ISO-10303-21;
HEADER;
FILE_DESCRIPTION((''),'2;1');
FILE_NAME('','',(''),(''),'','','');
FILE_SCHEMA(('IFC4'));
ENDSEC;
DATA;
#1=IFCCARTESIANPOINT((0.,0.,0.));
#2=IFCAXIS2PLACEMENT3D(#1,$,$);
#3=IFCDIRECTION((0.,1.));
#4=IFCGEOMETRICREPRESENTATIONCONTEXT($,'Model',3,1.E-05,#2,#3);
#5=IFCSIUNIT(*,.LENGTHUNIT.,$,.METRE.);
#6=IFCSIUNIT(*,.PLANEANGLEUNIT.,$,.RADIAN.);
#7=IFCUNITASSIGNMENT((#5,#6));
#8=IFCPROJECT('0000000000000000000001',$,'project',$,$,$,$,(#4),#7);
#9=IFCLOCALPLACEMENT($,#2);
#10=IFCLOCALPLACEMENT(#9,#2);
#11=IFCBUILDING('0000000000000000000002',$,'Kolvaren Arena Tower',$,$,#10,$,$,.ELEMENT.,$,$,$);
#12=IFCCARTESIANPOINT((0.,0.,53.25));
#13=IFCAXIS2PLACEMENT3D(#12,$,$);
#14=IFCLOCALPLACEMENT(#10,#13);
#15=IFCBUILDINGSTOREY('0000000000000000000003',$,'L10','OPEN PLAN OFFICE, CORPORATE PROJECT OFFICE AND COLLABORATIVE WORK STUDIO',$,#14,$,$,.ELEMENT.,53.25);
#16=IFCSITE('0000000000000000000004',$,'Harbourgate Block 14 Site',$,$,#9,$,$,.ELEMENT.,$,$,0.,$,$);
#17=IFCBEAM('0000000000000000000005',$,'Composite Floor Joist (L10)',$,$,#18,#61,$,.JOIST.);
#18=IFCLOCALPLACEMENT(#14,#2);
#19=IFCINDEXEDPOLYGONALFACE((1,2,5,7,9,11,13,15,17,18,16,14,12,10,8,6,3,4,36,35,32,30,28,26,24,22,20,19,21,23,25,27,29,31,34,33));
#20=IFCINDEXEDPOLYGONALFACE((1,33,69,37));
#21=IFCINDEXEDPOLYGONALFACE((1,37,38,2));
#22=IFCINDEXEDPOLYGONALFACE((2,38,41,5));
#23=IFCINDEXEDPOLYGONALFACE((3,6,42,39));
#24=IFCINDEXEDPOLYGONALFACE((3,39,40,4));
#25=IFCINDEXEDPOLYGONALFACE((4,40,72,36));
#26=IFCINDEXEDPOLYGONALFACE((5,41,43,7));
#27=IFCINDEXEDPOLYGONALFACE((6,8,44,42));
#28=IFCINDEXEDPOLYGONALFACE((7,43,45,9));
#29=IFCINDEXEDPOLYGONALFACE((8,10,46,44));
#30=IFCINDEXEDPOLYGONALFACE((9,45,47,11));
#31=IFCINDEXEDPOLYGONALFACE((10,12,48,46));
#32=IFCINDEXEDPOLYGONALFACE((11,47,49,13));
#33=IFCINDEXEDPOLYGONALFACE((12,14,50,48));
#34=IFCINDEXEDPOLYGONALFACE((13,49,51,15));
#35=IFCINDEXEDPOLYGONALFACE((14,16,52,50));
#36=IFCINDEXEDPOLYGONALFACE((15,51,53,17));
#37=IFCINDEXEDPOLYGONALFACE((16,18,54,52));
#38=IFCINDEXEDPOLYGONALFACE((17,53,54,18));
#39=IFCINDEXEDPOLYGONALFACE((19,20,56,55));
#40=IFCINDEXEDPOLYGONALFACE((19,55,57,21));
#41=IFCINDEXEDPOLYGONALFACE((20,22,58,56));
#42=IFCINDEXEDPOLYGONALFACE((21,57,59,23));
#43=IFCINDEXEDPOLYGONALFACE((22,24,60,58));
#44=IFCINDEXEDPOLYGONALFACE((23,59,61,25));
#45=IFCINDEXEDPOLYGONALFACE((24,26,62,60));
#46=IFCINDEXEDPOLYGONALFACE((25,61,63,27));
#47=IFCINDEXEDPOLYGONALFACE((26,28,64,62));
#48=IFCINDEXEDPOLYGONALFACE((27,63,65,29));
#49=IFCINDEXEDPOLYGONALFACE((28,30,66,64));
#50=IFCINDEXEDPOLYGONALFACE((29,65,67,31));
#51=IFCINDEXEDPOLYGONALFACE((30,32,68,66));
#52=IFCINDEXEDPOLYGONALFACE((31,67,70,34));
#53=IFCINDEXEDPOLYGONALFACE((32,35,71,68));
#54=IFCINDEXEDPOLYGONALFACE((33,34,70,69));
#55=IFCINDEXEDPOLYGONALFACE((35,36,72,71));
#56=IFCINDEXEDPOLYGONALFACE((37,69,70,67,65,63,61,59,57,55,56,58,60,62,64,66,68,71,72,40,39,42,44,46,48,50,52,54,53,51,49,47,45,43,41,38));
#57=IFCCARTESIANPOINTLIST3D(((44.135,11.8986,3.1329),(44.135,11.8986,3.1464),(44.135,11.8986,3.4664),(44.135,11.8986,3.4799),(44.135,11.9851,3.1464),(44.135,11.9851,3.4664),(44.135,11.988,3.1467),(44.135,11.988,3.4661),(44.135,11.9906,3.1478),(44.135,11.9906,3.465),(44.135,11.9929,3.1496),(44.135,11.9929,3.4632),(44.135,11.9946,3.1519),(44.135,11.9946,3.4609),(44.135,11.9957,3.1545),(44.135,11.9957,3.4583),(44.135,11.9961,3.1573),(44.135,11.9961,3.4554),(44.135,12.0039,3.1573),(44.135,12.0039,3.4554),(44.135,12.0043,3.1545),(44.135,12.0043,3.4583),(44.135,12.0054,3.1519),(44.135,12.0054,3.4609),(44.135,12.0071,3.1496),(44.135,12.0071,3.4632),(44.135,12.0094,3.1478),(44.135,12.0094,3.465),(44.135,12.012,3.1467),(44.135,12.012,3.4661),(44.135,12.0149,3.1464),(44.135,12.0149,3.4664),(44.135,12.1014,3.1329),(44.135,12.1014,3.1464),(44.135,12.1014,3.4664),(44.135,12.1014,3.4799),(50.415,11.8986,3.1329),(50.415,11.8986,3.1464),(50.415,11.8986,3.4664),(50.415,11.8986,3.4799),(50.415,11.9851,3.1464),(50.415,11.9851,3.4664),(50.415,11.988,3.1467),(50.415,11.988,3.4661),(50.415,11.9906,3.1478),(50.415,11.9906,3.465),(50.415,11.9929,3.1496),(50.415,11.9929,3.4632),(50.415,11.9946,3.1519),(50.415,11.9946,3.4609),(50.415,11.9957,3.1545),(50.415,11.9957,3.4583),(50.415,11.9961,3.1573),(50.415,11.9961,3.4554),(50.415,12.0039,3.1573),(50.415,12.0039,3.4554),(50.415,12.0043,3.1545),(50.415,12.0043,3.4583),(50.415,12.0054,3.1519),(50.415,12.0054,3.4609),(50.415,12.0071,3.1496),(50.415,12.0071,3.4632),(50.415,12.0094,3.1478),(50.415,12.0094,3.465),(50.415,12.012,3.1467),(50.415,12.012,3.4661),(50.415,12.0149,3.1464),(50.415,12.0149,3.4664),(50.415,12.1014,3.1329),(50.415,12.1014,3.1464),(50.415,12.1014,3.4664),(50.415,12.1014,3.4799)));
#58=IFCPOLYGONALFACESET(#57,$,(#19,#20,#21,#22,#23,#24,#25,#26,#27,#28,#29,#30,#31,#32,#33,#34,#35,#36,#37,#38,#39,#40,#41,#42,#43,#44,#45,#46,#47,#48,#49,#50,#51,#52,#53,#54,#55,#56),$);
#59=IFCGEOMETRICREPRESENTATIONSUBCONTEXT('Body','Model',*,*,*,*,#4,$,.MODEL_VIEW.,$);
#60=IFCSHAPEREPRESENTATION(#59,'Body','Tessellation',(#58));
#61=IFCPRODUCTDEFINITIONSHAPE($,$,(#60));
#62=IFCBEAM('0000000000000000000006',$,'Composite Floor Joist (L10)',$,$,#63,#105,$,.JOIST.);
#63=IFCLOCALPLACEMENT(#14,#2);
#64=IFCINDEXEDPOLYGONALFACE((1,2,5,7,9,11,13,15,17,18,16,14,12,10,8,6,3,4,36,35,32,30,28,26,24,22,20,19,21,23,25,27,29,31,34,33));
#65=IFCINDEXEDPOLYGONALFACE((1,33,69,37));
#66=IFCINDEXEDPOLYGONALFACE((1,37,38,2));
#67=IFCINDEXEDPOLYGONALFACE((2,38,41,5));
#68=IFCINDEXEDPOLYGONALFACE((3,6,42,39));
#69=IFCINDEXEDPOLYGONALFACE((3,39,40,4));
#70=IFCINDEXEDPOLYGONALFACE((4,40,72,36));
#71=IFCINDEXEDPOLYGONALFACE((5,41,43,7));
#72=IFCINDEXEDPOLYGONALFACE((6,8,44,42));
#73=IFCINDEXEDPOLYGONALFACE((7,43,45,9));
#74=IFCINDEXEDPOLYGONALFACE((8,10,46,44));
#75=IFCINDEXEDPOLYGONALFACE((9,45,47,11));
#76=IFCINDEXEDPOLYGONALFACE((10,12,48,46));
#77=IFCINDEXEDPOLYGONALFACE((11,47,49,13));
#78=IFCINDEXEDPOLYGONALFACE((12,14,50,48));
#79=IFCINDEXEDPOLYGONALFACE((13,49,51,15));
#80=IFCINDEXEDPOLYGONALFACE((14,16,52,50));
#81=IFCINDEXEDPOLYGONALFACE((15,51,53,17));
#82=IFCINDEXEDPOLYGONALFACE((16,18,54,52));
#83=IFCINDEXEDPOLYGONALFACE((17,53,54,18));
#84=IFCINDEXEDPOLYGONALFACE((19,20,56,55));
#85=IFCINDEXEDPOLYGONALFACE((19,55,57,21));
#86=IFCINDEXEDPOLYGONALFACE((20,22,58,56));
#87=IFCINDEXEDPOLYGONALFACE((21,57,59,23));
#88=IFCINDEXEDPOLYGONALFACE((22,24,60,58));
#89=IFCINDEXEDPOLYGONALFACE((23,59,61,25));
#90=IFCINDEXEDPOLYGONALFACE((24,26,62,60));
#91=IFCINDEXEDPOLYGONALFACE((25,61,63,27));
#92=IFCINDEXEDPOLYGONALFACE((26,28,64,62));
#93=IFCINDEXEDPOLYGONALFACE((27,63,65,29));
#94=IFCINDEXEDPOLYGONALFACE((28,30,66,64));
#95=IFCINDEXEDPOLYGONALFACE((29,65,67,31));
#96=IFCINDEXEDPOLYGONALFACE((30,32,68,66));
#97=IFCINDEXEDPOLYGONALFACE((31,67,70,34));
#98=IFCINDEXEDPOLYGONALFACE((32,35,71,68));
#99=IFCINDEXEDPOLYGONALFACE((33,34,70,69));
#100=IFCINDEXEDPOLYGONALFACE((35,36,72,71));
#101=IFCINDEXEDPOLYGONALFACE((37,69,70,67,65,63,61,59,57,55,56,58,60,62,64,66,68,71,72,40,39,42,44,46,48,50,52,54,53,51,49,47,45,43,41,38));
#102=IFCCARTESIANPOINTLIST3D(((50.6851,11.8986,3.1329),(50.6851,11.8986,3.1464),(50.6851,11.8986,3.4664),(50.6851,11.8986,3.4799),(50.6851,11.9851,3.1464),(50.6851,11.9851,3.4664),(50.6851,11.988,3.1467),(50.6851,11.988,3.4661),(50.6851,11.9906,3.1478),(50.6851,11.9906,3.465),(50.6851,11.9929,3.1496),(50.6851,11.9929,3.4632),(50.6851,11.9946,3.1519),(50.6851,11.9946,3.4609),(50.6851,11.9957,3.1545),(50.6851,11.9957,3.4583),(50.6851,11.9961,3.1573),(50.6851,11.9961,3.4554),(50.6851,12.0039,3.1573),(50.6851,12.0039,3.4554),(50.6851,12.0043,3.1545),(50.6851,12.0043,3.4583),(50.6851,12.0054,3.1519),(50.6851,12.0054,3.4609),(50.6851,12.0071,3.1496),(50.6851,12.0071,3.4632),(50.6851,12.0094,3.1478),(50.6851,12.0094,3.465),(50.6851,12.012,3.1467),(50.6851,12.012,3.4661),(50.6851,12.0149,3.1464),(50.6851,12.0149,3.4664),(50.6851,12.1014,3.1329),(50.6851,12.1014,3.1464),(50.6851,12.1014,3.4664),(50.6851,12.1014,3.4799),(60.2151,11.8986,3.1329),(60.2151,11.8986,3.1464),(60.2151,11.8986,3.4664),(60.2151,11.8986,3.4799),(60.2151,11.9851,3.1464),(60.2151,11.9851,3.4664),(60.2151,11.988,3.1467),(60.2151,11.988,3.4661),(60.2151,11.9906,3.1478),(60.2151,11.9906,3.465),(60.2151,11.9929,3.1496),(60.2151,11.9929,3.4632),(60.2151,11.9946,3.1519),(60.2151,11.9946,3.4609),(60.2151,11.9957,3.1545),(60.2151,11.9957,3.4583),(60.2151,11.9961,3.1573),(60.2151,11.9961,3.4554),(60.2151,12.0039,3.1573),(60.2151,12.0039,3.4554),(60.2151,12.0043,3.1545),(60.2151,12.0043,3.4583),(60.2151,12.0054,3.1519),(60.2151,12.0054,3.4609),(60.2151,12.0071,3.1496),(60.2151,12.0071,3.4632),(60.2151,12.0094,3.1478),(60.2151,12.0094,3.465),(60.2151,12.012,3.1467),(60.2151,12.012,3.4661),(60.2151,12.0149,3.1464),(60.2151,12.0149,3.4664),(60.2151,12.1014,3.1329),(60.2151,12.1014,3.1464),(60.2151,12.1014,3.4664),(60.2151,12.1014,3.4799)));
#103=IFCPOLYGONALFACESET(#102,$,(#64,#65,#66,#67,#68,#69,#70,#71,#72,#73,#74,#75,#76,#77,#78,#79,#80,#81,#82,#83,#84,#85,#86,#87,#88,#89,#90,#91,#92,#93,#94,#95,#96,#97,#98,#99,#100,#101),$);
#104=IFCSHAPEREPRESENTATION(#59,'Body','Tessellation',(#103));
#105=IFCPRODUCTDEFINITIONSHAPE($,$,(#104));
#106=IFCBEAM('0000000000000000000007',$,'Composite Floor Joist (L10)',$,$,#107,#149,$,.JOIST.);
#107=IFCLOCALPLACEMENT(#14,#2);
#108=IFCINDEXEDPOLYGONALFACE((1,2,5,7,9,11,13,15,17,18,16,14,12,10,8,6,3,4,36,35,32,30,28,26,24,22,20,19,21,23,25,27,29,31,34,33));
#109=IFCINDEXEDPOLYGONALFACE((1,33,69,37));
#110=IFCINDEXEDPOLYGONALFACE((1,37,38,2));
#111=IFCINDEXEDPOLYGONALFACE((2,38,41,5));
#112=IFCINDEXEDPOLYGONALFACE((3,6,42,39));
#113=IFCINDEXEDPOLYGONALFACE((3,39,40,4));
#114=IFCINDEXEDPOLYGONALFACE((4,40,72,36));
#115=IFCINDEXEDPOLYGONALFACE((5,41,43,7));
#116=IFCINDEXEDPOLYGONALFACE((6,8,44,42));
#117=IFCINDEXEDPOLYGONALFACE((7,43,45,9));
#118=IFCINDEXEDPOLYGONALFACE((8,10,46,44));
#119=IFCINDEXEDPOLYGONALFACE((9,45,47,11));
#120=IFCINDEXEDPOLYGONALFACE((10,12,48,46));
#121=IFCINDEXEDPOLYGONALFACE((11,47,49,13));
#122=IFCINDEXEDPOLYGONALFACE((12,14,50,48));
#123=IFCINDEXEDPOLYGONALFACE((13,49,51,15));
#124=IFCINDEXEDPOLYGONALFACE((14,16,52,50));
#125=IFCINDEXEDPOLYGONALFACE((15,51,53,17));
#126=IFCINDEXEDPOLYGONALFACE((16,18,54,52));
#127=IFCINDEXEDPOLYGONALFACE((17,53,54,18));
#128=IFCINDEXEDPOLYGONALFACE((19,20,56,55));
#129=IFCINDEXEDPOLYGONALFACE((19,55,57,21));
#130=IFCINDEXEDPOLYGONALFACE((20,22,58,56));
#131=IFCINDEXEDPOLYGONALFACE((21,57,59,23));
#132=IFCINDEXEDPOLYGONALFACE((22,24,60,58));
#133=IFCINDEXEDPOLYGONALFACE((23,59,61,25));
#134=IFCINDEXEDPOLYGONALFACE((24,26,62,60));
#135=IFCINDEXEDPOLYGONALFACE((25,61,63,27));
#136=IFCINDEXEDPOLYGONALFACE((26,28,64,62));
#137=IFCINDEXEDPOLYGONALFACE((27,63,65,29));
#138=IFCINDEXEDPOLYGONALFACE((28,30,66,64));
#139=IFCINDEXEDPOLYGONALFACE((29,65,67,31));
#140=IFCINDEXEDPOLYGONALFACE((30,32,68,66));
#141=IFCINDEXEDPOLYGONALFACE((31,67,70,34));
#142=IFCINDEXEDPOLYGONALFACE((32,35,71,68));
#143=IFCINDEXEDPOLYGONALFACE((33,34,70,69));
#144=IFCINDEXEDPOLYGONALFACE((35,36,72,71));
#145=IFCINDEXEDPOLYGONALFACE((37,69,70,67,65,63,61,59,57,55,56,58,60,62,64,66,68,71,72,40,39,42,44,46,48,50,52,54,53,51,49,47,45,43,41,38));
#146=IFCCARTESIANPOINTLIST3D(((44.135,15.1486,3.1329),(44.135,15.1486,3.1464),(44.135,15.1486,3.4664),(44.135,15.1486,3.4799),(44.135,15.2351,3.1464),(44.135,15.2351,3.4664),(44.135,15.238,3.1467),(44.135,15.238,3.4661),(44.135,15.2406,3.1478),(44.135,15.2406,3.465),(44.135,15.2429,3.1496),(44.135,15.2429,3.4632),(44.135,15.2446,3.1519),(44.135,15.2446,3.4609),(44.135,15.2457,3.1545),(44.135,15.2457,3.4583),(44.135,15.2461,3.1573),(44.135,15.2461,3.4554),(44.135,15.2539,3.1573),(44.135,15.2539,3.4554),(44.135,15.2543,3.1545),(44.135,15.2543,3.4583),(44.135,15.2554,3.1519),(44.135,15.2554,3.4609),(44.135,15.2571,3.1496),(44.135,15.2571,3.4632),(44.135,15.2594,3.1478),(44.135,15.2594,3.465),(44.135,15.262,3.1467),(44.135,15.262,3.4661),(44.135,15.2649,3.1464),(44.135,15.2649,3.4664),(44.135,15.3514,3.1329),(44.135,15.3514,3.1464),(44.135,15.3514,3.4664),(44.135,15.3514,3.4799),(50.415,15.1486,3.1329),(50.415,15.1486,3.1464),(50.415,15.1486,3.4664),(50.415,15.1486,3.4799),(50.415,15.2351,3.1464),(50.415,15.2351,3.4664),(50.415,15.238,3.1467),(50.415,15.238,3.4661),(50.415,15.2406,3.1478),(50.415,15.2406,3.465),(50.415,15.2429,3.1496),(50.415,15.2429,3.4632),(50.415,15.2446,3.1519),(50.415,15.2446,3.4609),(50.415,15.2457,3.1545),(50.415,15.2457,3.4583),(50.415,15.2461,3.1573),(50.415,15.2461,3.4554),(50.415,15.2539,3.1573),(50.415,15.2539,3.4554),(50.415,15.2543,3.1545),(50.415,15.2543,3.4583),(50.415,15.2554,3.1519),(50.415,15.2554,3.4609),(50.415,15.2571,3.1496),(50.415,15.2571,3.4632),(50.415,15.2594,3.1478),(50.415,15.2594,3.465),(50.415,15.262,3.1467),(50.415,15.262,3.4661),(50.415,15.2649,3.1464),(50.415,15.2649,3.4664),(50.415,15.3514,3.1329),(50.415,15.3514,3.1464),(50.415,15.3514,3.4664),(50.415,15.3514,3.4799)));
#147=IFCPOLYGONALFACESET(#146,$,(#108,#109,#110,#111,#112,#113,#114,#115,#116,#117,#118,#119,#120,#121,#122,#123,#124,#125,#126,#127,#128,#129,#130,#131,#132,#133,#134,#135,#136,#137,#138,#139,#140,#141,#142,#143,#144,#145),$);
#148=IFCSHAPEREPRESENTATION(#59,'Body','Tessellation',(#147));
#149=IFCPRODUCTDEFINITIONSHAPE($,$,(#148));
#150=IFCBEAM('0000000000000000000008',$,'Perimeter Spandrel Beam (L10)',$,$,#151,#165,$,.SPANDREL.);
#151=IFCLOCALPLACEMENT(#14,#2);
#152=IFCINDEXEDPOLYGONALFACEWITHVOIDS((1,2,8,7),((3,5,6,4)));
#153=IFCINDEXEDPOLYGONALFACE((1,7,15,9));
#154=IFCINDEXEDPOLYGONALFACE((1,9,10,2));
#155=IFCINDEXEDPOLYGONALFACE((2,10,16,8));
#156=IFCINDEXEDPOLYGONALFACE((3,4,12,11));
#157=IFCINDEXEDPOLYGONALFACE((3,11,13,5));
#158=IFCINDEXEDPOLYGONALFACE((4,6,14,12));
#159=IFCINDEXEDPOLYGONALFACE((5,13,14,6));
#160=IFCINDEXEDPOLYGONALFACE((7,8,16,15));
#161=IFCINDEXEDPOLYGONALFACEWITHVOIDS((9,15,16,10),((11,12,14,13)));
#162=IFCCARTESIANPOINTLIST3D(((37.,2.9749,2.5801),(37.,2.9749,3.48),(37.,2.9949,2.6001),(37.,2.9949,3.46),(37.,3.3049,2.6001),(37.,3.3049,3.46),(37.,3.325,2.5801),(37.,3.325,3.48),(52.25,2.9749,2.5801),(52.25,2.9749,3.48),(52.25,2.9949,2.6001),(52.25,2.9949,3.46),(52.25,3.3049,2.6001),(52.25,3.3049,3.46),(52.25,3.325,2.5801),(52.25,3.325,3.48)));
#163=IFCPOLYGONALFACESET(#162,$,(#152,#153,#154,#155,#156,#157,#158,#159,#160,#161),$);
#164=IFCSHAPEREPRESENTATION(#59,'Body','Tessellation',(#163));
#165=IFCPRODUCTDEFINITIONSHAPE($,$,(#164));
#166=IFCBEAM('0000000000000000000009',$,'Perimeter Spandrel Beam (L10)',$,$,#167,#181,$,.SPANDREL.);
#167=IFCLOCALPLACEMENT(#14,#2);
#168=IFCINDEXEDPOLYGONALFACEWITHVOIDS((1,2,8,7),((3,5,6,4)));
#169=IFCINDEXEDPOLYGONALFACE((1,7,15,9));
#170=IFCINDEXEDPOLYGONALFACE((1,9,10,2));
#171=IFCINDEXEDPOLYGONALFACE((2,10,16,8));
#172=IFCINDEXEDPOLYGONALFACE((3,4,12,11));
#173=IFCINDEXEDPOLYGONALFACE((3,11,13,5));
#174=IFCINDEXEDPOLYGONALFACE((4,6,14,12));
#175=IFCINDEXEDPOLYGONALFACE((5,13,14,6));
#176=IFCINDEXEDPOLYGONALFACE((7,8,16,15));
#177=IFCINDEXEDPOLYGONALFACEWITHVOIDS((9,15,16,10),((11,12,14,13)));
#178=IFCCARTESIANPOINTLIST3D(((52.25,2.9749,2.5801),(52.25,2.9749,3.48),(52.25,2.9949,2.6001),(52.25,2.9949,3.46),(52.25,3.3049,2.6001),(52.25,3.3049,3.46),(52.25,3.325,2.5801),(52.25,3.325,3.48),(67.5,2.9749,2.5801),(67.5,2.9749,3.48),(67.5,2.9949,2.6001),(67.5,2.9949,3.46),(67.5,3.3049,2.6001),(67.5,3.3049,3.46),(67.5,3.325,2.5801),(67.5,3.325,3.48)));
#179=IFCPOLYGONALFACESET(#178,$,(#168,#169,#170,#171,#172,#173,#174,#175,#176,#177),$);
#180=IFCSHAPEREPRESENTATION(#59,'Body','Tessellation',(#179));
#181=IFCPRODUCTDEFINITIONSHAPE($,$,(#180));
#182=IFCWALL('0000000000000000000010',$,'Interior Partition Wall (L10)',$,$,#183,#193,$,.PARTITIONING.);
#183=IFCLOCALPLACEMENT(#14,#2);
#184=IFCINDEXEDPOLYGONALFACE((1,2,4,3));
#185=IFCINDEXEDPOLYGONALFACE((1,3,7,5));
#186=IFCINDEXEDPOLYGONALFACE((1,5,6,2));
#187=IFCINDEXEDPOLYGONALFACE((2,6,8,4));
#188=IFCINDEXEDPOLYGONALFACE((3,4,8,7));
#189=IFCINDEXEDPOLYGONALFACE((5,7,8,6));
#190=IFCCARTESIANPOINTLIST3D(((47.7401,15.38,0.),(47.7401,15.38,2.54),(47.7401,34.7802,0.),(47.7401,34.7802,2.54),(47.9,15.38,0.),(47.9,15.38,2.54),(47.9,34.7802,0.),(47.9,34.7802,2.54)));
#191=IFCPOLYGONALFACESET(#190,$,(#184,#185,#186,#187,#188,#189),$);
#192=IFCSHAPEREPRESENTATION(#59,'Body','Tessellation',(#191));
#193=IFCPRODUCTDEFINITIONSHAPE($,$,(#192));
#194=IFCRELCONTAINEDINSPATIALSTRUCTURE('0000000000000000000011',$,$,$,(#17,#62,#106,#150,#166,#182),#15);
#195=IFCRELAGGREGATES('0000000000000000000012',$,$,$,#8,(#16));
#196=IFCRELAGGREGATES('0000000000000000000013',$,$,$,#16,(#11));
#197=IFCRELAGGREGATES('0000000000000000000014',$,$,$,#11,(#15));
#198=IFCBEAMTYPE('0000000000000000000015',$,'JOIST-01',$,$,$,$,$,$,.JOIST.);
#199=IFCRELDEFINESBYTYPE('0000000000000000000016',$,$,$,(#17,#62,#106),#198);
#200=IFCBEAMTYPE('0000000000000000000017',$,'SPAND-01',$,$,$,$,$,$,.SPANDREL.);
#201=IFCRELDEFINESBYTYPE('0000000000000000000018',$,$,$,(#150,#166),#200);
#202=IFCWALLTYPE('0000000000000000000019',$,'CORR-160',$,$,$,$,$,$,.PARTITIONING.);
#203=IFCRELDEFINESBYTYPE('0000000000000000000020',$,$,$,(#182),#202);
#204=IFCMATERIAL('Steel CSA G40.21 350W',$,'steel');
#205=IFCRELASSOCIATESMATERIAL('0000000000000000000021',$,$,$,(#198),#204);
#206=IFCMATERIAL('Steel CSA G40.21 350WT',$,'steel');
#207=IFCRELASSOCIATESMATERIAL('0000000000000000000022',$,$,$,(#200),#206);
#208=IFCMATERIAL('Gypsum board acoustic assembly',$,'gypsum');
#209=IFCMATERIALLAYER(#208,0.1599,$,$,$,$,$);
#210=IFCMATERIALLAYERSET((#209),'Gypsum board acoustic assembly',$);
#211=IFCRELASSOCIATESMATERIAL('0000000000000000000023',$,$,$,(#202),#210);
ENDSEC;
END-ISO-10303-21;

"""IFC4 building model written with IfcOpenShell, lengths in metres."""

from ifc_helpers import new_model, si_unit, direction, frame, frame_2d, origin, origin_2d, place, context, subcontext, project, spatial, rectangle, hollow_rectangle, i_section, extrude, material, layer, layer_set, material_profile, profile_set, type_object, element, save


model = new_model("IFC4")

# Units and contexts
model_context = context("Model", 3, precision=1e-05, world=origin(), true_north=direction((0.0, 1.0)))
body_context = subcontext(model_context, "Body", "Model", "MODEL_VIEW")
ifc_project = project(units=[si_unit("LENGTHUNIT", "METRE"), si_unit("PLANEANGLEUNIT", "RADIAN")], contexts=[model_context])

# Site, building, storey
site_placement = place(None, origin())
site = spatial("IfcSite", under=ifc_project, at=site_placement, Name="Harbourgate Block 14 Site", CompositionType="ELEMENT", RefElevation=0.0)
building_placement = place(site_placement, origin())
building = spatial("IfcBuilding", under=site, at=building_placement, Name="Kolvaren Arena Tower", CompositionType="ELEMENT")
storey_placement = place(building_placement, frame((0.0, 0.0, 53.25)))
storey = spatial("IfcBuildingStorey", under=building, at=storey_placement, Name="L10", Description="OPEN PLAN OFFICE, CORPORATE PROJECT OFFICE AND COLLABORATIVE WORK STUDIO", CompositionType="ELEMENT", Elevation=53.25)

# Beams
ifc_material_1 = material(Name="Steel CSA G40.21 350W", Category="steel")
ifc_material_profile_1 = material_profile(ifc_material_1, i_section(OverallWidth=0.2029, OverallDepth=0.3469, WebThickness=0.0078, FlangeThickness=0.0134, FilletRadius=0.011, at=origin_2d()), Name="W360x64")
ifc_profile_set_1 = profile_set([ifc_material_profile_1], Name="Steel CSA G40.21 350W")
beam_type_1 = type_object("IfcBeamType", Name="JOIST-01", PredefinedType="JOIST", material=ifc_profile_set_1)
beam_1_placement = place(storey_placement, frame((44.135, 12.0, 3.3064), z_axis=(1.0, 0.0, 0.0), x_axis=(0.0, 1.0, 0.0)))
element("IfcBeam", 1, at=beam_1_placement, inside=storey, type_object=beam_type_1, Name="Composite Floor Joist (L10)", PredefinedType="JOIST", context=body_context, shape_type="SweptSolid", body=[
    extrude(i_section(OverallWidth=0.2029, OverallDepth=0.3469, WebThickness=0.0078, FlangeThickness=0.0134, FilletRadius=0.011, at=origin_2d()), origin(), (0.0, 0.0, 1.0), 6.28),
])
beam_2_placement = place(storey_placement, frame((50.6851, 12.0, 3.3064), z_axis=(1.0, 0.0, 0.0), x_axis=(0.0, 1.0, 0.0)))
element("IfcBeam", 2, at=beam_2_placement, inside=storey, type_object=beam_type_1, Name="Composite Floor Joist (L10)", PredefinedType="JOIST", context=body_context, shape_type="SweptSolid", body=[
    extrude(i_section(OverallWidth=0.2029, OverallDepth=0.3469, WebThickness=0.0078, FlangeThickness=0.0134, FilletRadius=0.011, at=origin_2d()), origin(), (0.0, 0.0, 1.0), 9.53),
])
beam_3_placement = place(storey_placement, frame((44.135, 15.25, 3.3064), z_axis=(1.0, 0.0, 0.0), x_axis=(0.0, 1.0, 0.0)))
element("IfcBeam", 3, at=beam_3_placement, inside=storey, type_object=beam_type_1, Name="Composite Floor Joist (L10)", PredefinedType="JOIST", context=body_context, shape_type="SweptSolid", body=[
    extrude(i_section(OverallWidth=0.2029, OverallDepth=0.3469, WebThickness=0.0078, FlangeThickness=0.0134, FilletRadius=0.011, at=origin_2d()), origin(), (0.0, 0.0, 1.0), 6.28),
])
ifc_material_2 = material(Name="Steel CSA G40.21 350WT", Category="steel")
ifc_material_profile_2 = material_profile(ifc_material_2, hollow_rectangle(XDim=0.3501, YDim=0.8999, WallThickness=0.02, at=origin_2d()), Name="HSS 900x350x20")
ifc_profile_set_2 = profile_set([ifc_material_profile_2], Name="Steel CSA G40.21 350WT")
beam_type_2 = type_object("IfcBeamType", Name="SPAND-01", PredefinedType="SPANDREL", material=ifc_profile_set_2)
for number, where, z_axis, x_axis, name in (
    (4, (37.0, 3.1499, 3.03), (1.0, 0.0, 0.0), (0.0, 1.0, 0.0), "Perimeter Spandrel Beam (L10)"),
    (5, (52.25, 3.1499, 3.03), (1.0, 0.0, 0.0), (0.0, 1.0, 0.0), "Perimeter Spandrel Beam (L10)"),
):
    element("IfcBeam", number, at=place(storey_placement, frame(where, z_axis=z_axis, x_axis=x_axis)), inside=storey, type_object=beam_type_2, Name=name, PredefinedType="SPANDREL", context=body_context, shape_type="SweptSolid", body=[
        extrude(hollow_rectangle(XDim=0.3501, YDim=0.8999, WallThickness=0.02, at=origin_2d()), origin(), (0.0, 0.0, 1.0), 15.25),
    ])

# Wall
ifc_material_3 = material(Name="Gypsum board acoustic assembly", Category="gypsum")
ifc_layer_1 = layer(ifc_material_3, 0.1599)
ifc_layer_set_1 = layer_set([ifc_layer_1], Name="Gypsum board acoustic assembly")
wall_type_1 = type_object("IfcWallType", Name="CORR-160", PredefinedType="PARTITIONING", material=ifc_layer_set_1)
wall_1_placement = place(storey_placement, frame((47.8201, 15.3799, 0.0), z_axis=(0.0, 0.0, 1.0), x_axis=(0.0, 1.0, 0.0)))
element("IfcWall", 6, at=wall_1_placement, inside=storey, type_object=wall_type_1, Name="Interior Partition Wall (L10)", PredefinedType="PARTITIONING", context=body_context, shape_type="SweptSolid", body=[
    extrude(rectangle(XDim=19.4001, YDim=0.1599, at=frame_2d((9.7002, 0.0))), origin(), (0.0, 0.0, 1.0), 2.54),
])

save(model, "model.ifc")
